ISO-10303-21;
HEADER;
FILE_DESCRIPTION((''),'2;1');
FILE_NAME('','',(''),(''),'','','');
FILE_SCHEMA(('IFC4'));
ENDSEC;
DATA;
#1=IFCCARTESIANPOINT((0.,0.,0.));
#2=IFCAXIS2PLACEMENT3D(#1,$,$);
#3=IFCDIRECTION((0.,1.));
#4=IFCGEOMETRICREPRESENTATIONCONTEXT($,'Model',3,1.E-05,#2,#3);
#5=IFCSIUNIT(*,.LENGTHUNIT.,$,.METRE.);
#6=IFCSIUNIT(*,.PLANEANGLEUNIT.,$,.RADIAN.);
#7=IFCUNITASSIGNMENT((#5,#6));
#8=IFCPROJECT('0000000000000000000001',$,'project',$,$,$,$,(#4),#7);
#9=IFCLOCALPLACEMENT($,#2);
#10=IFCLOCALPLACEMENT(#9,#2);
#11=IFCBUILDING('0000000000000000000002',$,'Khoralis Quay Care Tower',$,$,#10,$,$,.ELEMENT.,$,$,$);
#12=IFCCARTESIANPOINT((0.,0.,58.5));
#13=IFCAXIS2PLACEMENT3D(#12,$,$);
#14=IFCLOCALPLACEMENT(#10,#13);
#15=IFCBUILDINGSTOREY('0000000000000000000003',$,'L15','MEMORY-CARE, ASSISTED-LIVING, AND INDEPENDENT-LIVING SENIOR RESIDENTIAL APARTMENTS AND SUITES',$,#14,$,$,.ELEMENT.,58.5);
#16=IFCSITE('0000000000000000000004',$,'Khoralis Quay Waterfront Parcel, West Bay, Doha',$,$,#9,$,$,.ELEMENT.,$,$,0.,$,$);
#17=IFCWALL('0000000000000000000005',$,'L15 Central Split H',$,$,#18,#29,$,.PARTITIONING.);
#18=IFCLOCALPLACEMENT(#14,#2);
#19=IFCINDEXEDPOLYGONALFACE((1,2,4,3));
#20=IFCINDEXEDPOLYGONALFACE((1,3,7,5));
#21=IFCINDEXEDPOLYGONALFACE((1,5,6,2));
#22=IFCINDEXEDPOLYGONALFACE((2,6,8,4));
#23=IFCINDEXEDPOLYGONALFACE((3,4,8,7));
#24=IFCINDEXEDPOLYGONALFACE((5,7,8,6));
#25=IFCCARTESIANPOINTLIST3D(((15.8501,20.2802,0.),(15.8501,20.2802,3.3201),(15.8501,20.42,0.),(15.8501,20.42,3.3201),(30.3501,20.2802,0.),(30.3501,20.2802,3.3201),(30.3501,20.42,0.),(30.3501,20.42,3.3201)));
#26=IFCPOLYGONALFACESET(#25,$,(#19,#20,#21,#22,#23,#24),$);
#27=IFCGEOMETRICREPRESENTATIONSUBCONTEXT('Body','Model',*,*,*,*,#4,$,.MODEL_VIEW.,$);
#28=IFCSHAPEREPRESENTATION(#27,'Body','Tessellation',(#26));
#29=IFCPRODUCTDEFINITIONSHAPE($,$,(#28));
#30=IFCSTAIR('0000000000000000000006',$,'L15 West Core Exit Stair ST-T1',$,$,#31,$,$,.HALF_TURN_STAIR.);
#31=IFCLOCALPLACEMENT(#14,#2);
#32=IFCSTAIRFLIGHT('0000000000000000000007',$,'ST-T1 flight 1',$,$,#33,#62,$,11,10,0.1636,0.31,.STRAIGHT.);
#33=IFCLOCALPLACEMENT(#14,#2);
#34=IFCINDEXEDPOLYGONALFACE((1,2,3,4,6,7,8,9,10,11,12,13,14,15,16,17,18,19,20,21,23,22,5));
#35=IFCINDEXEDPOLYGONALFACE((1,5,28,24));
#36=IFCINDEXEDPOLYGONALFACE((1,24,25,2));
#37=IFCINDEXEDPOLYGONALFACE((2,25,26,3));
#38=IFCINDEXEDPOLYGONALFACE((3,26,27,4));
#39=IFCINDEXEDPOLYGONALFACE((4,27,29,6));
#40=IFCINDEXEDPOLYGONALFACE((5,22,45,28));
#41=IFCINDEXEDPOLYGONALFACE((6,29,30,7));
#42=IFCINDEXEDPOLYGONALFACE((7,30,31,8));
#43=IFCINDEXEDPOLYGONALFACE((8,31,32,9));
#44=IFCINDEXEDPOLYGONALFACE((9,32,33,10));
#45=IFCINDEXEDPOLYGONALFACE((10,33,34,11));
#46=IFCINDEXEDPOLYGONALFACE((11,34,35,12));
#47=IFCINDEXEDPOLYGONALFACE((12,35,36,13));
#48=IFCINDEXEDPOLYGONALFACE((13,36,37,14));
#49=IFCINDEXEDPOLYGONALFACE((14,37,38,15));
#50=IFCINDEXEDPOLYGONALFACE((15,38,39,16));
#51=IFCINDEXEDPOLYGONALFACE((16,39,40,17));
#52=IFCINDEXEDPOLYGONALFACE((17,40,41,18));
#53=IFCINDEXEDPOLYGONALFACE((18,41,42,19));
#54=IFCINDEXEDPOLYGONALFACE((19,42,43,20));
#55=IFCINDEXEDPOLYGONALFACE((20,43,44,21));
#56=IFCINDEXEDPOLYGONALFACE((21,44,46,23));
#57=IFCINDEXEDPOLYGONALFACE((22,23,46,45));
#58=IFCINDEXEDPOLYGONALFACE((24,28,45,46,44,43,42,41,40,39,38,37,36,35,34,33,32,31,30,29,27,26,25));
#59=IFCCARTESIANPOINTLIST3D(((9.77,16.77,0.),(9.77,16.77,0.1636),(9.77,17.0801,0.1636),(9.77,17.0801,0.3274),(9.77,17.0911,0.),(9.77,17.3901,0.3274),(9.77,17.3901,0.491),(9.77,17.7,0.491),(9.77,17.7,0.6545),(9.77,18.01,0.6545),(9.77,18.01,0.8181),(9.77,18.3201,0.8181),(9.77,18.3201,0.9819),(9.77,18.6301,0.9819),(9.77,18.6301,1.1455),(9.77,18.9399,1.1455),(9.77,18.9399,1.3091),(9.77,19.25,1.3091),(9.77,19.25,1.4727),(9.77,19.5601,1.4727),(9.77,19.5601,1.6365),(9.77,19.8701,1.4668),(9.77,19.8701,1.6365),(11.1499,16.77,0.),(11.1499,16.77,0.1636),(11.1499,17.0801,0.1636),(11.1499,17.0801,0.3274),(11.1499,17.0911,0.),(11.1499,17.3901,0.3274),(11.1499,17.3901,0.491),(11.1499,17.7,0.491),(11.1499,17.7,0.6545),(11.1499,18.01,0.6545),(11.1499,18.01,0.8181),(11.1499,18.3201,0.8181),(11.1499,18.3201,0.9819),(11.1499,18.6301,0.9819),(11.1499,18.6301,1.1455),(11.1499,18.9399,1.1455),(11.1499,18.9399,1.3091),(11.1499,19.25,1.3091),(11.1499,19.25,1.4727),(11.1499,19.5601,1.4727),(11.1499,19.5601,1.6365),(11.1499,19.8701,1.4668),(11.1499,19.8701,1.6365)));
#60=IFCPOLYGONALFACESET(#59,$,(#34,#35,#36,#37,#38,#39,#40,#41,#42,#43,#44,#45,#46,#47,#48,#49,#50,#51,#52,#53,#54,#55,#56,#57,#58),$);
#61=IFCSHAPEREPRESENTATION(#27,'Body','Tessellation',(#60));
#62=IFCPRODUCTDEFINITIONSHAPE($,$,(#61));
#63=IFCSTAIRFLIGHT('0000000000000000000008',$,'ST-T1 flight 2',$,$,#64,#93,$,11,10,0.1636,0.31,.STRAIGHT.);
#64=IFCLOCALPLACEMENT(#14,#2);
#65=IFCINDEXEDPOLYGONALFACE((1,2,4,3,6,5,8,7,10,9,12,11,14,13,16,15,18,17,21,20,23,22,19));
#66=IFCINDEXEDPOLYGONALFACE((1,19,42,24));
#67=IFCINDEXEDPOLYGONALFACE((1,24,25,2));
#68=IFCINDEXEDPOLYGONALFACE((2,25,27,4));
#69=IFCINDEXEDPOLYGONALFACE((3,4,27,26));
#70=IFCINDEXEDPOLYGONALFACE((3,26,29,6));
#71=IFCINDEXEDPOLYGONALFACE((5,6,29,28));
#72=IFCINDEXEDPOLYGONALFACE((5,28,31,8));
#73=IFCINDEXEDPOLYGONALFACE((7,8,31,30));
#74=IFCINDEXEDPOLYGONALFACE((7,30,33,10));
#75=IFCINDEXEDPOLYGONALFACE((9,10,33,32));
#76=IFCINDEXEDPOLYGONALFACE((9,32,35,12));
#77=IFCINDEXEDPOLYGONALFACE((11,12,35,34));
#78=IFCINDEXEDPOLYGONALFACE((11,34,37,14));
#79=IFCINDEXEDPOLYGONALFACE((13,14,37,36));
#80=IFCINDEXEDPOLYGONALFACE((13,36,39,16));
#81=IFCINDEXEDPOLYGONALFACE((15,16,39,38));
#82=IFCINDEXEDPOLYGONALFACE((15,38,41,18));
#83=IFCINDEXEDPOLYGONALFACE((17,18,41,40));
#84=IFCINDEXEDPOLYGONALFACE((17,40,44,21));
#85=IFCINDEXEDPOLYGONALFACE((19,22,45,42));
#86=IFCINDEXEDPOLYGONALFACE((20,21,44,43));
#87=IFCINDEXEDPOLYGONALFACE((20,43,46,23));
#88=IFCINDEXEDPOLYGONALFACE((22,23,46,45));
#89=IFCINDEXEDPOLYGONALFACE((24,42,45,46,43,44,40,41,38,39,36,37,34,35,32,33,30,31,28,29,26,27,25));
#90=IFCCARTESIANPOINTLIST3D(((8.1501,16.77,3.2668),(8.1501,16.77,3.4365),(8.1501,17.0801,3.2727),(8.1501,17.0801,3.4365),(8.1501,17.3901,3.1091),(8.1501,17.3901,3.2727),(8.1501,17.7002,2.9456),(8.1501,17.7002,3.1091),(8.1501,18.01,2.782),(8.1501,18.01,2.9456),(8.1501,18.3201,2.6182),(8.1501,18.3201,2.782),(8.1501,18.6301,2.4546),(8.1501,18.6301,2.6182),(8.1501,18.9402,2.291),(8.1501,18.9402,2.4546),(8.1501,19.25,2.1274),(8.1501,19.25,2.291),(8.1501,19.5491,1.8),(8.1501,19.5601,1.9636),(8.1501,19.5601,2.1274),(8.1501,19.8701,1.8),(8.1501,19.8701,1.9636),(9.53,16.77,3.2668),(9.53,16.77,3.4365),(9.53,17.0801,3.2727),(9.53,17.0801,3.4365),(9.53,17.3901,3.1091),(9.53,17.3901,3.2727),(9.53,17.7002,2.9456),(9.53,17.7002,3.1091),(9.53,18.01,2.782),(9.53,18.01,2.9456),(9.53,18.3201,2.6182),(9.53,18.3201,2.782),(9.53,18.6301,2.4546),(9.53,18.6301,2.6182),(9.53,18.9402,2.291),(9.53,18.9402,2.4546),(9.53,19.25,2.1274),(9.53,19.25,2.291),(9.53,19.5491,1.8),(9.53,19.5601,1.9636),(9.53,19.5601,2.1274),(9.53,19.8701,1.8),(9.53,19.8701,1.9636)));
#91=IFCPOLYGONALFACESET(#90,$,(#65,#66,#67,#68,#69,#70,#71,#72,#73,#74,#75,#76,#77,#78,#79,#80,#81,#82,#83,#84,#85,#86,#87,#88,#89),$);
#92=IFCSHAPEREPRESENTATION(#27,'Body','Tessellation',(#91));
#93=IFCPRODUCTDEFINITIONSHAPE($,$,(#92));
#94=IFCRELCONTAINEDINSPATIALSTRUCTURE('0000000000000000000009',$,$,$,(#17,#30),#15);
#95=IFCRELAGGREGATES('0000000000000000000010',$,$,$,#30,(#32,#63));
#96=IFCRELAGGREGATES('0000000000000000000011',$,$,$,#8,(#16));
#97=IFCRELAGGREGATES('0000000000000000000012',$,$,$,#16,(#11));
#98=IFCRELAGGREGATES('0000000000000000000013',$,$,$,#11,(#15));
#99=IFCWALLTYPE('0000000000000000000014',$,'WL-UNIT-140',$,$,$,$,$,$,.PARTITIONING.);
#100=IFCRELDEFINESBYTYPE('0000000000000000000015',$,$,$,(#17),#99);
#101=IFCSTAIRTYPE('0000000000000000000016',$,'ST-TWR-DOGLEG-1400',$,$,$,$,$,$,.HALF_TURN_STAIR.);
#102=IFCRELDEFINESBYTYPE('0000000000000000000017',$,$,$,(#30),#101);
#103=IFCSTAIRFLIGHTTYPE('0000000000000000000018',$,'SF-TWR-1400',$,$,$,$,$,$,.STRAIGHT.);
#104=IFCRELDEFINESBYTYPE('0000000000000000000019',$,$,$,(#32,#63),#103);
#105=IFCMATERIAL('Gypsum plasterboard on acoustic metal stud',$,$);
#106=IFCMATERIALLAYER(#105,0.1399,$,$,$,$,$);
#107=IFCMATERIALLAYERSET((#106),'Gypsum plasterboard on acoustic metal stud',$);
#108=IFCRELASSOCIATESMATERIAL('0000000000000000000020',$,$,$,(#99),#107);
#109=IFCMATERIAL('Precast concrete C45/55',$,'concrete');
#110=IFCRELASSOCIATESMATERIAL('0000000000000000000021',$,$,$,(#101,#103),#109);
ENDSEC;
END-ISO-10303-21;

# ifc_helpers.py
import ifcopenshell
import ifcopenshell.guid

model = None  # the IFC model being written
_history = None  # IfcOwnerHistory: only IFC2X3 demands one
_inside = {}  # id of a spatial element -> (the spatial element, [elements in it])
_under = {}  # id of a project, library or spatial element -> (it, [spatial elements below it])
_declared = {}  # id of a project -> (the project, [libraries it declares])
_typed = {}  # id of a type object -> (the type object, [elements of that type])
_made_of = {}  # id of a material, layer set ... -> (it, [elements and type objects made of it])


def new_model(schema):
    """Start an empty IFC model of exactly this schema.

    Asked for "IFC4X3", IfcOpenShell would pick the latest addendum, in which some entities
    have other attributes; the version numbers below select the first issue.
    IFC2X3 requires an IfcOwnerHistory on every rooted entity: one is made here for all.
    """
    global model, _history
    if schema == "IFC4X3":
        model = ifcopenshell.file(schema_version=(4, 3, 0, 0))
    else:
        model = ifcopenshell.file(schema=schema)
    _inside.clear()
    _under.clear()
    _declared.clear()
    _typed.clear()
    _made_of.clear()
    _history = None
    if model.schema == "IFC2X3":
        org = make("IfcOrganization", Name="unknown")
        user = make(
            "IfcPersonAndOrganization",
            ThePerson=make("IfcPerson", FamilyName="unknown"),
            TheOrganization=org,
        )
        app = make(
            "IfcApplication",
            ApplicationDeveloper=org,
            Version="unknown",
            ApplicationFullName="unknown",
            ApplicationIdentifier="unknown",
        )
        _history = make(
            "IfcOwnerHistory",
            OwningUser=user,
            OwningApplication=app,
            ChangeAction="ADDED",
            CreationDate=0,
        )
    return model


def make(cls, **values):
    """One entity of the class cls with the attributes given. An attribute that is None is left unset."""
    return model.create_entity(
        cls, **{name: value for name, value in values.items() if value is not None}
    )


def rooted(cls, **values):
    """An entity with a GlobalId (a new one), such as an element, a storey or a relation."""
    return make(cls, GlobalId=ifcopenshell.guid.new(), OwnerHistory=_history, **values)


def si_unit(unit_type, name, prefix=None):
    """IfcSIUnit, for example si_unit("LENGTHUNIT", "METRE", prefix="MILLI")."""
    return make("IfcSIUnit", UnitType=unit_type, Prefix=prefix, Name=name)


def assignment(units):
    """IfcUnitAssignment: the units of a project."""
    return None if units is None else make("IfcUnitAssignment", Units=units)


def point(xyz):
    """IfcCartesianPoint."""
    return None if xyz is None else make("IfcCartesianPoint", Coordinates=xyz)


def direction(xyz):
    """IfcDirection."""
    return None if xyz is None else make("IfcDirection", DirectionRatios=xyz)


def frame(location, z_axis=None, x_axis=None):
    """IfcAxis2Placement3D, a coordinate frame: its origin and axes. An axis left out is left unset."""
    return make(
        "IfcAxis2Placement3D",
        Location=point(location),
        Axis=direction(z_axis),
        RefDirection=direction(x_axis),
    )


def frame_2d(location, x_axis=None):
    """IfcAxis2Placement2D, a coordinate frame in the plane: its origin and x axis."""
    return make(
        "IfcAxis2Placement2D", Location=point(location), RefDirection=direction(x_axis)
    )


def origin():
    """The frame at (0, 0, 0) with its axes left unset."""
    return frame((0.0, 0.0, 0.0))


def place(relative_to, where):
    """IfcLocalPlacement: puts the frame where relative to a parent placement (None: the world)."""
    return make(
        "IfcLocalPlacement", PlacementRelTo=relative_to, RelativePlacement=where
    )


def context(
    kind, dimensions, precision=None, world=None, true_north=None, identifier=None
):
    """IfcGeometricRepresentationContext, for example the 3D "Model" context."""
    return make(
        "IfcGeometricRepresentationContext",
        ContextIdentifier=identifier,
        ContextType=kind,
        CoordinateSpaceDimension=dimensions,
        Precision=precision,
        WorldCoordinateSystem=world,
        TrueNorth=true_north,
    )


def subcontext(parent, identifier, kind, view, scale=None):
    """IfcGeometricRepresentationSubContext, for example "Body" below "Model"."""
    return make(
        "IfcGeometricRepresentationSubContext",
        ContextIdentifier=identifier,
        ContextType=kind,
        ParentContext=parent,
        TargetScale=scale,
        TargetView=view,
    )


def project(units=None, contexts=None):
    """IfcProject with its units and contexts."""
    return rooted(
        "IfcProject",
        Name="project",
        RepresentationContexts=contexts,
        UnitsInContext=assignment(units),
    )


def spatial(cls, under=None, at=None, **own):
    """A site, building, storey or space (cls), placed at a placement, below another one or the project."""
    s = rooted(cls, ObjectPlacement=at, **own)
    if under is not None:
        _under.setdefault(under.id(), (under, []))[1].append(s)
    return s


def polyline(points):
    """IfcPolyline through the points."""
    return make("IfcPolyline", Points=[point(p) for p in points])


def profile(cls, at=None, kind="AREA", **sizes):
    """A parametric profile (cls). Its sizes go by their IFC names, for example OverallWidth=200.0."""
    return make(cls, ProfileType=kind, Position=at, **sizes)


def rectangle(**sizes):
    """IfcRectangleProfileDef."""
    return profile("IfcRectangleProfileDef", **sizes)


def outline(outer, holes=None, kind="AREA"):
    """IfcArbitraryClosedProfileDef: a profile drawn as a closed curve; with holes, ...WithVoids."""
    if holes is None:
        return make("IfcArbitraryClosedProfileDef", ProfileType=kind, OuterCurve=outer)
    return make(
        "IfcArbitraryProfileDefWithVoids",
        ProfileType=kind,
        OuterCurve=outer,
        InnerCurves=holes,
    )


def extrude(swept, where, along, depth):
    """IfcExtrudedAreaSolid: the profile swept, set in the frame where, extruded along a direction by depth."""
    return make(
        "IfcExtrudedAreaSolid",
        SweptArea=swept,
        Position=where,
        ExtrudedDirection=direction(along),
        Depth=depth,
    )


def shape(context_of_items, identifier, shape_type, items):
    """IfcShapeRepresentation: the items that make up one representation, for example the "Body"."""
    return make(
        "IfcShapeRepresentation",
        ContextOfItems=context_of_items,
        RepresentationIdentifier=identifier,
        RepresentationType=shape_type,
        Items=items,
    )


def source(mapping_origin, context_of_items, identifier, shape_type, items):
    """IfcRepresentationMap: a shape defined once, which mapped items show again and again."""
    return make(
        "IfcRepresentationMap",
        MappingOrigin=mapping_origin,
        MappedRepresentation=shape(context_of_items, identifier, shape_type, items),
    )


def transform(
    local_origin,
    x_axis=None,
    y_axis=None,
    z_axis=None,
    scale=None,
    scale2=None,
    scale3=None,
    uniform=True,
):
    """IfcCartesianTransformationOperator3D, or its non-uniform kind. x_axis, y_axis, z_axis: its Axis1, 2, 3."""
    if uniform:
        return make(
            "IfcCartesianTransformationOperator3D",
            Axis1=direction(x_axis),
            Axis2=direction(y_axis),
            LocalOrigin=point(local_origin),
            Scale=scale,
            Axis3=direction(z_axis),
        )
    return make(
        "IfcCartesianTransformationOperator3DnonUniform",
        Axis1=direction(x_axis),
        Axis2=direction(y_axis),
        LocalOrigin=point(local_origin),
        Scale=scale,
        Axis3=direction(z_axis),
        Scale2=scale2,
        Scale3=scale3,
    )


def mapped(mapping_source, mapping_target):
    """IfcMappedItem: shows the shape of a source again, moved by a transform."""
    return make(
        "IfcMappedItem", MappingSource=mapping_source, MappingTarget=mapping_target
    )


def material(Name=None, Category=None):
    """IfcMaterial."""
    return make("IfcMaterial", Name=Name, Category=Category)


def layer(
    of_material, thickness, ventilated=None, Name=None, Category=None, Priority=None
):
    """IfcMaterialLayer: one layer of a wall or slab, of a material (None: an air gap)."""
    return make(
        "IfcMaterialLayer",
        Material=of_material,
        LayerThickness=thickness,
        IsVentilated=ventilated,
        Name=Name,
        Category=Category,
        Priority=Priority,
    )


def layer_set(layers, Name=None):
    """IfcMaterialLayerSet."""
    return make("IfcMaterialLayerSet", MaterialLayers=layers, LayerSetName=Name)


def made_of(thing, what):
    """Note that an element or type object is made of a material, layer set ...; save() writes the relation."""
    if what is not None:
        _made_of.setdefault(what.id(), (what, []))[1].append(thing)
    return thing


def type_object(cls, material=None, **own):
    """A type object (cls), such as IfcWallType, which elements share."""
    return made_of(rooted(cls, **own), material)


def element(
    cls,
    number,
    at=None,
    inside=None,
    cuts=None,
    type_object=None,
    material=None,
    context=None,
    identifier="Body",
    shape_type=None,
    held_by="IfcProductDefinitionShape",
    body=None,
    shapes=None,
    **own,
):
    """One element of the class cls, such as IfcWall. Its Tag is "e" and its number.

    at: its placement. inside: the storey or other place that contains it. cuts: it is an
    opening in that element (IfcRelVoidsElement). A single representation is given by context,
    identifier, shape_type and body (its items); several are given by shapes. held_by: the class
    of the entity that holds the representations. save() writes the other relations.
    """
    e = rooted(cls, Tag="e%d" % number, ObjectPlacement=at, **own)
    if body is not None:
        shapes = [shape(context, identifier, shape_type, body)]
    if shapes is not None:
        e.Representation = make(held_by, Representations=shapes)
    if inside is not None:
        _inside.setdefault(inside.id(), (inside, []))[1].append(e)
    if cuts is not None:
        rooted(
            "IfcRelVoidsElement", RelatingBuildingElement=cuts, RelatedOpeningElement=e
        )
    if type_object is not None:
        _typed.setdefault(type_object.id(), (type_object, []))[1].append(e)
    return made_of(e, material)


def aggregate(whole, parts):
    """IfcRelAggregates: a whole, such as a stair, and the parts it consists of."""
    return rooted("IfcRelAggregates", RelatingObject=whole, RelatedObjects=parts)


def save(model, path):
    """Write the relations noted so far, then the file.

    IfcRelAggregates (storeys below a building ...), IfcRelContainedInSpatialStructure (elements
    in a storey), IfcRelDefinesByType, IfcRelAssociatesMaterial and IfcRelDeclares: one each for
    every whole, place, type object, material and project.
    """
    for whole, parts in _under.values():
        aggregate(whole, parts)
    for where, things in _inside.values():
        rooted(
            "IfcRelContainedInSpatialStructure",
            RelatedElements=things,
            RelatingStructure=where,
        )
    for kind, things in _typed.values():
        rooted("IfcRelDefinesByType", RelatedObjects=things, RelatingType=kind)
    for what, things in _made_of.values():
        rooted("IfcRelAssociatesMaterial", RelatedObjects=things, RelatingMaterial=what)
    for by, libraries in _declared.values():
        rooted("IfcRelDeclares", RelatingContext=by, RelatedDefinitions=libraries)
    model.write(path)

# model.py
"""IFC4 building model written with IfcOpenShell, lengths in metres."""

from ifc_helpers import new_model, si_unit, direction, frame, frame_2d, origin, place, context, subcontext, project, spatial, polyline, rectangle, outline, extrude, source, transform, mapped, material, layer, layer_set, type_object, element, aggregate, save


model = new_model("IFC4")

# Units and contexts
model_context = context("Model", 3, precision=1e-05, world=origin(), true_north=direction((0.0, 1.0)))
body_context = subcontext(model_context, "Body", "Model", "MODEL_VIEW")
ifc_project = project(units=[si_unit("LENGTHUNIT", "METRE"), si_unit("PLANEANGLEUNIT", "RADIAN")], contexts=[model_context])

# Site, building, storey
site_placement = place(None, origin())
site = spatial("IfcSite", under=ifc_project, at=site_placement, Name="Khoralis Quay Waterfront Parcel, West Bay, Doha", CompositionType="ELEMENT", RefElevation=0.0)
building_placement = place(site_placement, origin())
building = spatial("IfcBuilding", under=site, at=building_placement, Name="Khoralis Quay Care Tower", CompositionType="ELEMENT")
storey_placement = place(building_placement, frame((0.0, 0.0, 58.5)))
storey = spatial("IfcBuildingStorey", under=building, at=storey_placement, Name="L15", Description="MEMORY-CARE, ASSISTED-LIVING, AND INDEPENDENT-LIVING SENIOR RESIDENTIAL APARTMENTS AND SUITES", CompositionType="ELEMENT", Elevation=58.5)

# Shared definitions
ifc_material_1 = material(Name="Gypsum plasterboard on acoustic metal stud")

# Wall
ifc_layer_1 = layer(ifc_material_1, 0.1399)
ifc_layer_set_1 = layer_set([ifc_layer_1], Name="Gypsum plasterboard on acoustic metal stud")
wall_type_1 = type_object("IfcWallType", Name="WL-UNIT-140", PredefinedType="PARTITIONING", material=ifc_layer_set_1)
wall_1_placement = place(storey_placement, frame((15.8501, 20.3501, 0.0), z_axis=(0.0, 0.0, 1.0), x_axis=(1.0, 0.0, 0.0)))
element("IfcWall", 1, at=wall_1_placement, inside=storey, type_object=wall_type_1, Name="L15 Central Split H", PredefinedType="PARTITIONING", context=body_context, shape_type="SweptSolid", body=[
    extrude(rectangle(XDim=14.5, YDim=0.1399, at=frame_2d((7.25, 0.0))), origin(), (0.0, 0.0, 1.0), 3.3201),
])

# Stair, stair flights
ifc_material_2 = material(Name="Precast concrete C45/55", Category="concrete")
stair_type = type_object("IfcStairType", Name="ST-TWR-DOGLEG-1400", PredefinedType="HALF_TURN_STAIR", material=ifc_material_2)
stair_placement = place(storey_placement, origin())
stair = element("IfcStair", 2, at=stair_placement, inside=storey, type_object=stair_type, Name="L15 West Core Exit Stair ST-T1", PredefinedType="HALF_TURN_STAIR")
stair_flight_type = type_object("IfcStairFlightType", Name="SF-TWR-1400", PredefinedType="STRAIGHT", material=ifc_material_2)
shared_shape_1 = source(origin(), body_context, "Body", "SweptSolid", [
    extrude(outline(polyline([(0.0, 0.0), (0.0, 0.1636), (0.3101, 0.1636), (0.3101, 0.3274), (0.6201, 0.3274), (0.6201, 0.491), (0.9299, 0.491), (0.9299, 0.6545), (1.24, 0.6545), (1.24, 0.8181), (1.55, 0.8181), (1.55, 0.9819), (1.8601, 0.9819), (1.8601, 1.1455), (2.1699, 1.1455), (2.1699, 1.3091), (2.48, 1.3091), (2.48, 1.4727), (2.79, 1.4727), (2.79, 1.6365), (3.1001, 1.6365), (3.1001, 1.8), (3.1001, 1.4668), (0.321, 0.0), (0.0, 0.0)])), frame((0.0, 0.6899, 0.0), z_axis=(0.0, -1.0, 0.0), x_axis=(1.0, 0.0, 0.0)), (0.0, 0.0, 1.0), 1.3799),
])
stair_flight_1_placement = place(storey_placement, frame((10.46, 16.77, 0.0), z_axis=(0.0, 0.0, 1.0), x_axis=(0.0, 1.0, 0.0)))
stair_flight_1 = element("IfcStairFlight", 3, at=stair_flight_1_placement, type_object=stair_flight_type, Name="ST-T1 flight 1", NumberOfRisers=11, NumberOfTreads=10, PredefinedType="STRAIGHT", RiserHeight=0.1636, TreadLength=0.31, context=body_context, shape_type="MappedRepresentation", body=[
    mapped(shared_shape_1, transform((0.0, 0.0, 0.0), scale=1.0)),
])
stair_flight_2_placement = place(storey_placement, frame((8.8401, 19.8701, 1.8), z_axis=(0.0, 0.0, 1.0), x_axis=(0.0, -1.0, 0.0)))
stair_flight_2 = element("IfcStairFlight", 4, at=stair_flight_2_placement, type_object=stair_flight_type, Name="ST-T1 flight 2", NumberOfRisers=11, NumberOfTreads=10, PredefinedType="STRAIGHT", RiserHeight=0.1636, TreadLength=0.31, context=body_context, shape_type="MappedRepresentation", body=[
    mapped(shared_shape_1, transform((0.0, 0.0, 0.0), scale=1.0)),
])
aggregate(stair, [stair_flight_1, stair_flight_2])

save(model, "model.ifc")
